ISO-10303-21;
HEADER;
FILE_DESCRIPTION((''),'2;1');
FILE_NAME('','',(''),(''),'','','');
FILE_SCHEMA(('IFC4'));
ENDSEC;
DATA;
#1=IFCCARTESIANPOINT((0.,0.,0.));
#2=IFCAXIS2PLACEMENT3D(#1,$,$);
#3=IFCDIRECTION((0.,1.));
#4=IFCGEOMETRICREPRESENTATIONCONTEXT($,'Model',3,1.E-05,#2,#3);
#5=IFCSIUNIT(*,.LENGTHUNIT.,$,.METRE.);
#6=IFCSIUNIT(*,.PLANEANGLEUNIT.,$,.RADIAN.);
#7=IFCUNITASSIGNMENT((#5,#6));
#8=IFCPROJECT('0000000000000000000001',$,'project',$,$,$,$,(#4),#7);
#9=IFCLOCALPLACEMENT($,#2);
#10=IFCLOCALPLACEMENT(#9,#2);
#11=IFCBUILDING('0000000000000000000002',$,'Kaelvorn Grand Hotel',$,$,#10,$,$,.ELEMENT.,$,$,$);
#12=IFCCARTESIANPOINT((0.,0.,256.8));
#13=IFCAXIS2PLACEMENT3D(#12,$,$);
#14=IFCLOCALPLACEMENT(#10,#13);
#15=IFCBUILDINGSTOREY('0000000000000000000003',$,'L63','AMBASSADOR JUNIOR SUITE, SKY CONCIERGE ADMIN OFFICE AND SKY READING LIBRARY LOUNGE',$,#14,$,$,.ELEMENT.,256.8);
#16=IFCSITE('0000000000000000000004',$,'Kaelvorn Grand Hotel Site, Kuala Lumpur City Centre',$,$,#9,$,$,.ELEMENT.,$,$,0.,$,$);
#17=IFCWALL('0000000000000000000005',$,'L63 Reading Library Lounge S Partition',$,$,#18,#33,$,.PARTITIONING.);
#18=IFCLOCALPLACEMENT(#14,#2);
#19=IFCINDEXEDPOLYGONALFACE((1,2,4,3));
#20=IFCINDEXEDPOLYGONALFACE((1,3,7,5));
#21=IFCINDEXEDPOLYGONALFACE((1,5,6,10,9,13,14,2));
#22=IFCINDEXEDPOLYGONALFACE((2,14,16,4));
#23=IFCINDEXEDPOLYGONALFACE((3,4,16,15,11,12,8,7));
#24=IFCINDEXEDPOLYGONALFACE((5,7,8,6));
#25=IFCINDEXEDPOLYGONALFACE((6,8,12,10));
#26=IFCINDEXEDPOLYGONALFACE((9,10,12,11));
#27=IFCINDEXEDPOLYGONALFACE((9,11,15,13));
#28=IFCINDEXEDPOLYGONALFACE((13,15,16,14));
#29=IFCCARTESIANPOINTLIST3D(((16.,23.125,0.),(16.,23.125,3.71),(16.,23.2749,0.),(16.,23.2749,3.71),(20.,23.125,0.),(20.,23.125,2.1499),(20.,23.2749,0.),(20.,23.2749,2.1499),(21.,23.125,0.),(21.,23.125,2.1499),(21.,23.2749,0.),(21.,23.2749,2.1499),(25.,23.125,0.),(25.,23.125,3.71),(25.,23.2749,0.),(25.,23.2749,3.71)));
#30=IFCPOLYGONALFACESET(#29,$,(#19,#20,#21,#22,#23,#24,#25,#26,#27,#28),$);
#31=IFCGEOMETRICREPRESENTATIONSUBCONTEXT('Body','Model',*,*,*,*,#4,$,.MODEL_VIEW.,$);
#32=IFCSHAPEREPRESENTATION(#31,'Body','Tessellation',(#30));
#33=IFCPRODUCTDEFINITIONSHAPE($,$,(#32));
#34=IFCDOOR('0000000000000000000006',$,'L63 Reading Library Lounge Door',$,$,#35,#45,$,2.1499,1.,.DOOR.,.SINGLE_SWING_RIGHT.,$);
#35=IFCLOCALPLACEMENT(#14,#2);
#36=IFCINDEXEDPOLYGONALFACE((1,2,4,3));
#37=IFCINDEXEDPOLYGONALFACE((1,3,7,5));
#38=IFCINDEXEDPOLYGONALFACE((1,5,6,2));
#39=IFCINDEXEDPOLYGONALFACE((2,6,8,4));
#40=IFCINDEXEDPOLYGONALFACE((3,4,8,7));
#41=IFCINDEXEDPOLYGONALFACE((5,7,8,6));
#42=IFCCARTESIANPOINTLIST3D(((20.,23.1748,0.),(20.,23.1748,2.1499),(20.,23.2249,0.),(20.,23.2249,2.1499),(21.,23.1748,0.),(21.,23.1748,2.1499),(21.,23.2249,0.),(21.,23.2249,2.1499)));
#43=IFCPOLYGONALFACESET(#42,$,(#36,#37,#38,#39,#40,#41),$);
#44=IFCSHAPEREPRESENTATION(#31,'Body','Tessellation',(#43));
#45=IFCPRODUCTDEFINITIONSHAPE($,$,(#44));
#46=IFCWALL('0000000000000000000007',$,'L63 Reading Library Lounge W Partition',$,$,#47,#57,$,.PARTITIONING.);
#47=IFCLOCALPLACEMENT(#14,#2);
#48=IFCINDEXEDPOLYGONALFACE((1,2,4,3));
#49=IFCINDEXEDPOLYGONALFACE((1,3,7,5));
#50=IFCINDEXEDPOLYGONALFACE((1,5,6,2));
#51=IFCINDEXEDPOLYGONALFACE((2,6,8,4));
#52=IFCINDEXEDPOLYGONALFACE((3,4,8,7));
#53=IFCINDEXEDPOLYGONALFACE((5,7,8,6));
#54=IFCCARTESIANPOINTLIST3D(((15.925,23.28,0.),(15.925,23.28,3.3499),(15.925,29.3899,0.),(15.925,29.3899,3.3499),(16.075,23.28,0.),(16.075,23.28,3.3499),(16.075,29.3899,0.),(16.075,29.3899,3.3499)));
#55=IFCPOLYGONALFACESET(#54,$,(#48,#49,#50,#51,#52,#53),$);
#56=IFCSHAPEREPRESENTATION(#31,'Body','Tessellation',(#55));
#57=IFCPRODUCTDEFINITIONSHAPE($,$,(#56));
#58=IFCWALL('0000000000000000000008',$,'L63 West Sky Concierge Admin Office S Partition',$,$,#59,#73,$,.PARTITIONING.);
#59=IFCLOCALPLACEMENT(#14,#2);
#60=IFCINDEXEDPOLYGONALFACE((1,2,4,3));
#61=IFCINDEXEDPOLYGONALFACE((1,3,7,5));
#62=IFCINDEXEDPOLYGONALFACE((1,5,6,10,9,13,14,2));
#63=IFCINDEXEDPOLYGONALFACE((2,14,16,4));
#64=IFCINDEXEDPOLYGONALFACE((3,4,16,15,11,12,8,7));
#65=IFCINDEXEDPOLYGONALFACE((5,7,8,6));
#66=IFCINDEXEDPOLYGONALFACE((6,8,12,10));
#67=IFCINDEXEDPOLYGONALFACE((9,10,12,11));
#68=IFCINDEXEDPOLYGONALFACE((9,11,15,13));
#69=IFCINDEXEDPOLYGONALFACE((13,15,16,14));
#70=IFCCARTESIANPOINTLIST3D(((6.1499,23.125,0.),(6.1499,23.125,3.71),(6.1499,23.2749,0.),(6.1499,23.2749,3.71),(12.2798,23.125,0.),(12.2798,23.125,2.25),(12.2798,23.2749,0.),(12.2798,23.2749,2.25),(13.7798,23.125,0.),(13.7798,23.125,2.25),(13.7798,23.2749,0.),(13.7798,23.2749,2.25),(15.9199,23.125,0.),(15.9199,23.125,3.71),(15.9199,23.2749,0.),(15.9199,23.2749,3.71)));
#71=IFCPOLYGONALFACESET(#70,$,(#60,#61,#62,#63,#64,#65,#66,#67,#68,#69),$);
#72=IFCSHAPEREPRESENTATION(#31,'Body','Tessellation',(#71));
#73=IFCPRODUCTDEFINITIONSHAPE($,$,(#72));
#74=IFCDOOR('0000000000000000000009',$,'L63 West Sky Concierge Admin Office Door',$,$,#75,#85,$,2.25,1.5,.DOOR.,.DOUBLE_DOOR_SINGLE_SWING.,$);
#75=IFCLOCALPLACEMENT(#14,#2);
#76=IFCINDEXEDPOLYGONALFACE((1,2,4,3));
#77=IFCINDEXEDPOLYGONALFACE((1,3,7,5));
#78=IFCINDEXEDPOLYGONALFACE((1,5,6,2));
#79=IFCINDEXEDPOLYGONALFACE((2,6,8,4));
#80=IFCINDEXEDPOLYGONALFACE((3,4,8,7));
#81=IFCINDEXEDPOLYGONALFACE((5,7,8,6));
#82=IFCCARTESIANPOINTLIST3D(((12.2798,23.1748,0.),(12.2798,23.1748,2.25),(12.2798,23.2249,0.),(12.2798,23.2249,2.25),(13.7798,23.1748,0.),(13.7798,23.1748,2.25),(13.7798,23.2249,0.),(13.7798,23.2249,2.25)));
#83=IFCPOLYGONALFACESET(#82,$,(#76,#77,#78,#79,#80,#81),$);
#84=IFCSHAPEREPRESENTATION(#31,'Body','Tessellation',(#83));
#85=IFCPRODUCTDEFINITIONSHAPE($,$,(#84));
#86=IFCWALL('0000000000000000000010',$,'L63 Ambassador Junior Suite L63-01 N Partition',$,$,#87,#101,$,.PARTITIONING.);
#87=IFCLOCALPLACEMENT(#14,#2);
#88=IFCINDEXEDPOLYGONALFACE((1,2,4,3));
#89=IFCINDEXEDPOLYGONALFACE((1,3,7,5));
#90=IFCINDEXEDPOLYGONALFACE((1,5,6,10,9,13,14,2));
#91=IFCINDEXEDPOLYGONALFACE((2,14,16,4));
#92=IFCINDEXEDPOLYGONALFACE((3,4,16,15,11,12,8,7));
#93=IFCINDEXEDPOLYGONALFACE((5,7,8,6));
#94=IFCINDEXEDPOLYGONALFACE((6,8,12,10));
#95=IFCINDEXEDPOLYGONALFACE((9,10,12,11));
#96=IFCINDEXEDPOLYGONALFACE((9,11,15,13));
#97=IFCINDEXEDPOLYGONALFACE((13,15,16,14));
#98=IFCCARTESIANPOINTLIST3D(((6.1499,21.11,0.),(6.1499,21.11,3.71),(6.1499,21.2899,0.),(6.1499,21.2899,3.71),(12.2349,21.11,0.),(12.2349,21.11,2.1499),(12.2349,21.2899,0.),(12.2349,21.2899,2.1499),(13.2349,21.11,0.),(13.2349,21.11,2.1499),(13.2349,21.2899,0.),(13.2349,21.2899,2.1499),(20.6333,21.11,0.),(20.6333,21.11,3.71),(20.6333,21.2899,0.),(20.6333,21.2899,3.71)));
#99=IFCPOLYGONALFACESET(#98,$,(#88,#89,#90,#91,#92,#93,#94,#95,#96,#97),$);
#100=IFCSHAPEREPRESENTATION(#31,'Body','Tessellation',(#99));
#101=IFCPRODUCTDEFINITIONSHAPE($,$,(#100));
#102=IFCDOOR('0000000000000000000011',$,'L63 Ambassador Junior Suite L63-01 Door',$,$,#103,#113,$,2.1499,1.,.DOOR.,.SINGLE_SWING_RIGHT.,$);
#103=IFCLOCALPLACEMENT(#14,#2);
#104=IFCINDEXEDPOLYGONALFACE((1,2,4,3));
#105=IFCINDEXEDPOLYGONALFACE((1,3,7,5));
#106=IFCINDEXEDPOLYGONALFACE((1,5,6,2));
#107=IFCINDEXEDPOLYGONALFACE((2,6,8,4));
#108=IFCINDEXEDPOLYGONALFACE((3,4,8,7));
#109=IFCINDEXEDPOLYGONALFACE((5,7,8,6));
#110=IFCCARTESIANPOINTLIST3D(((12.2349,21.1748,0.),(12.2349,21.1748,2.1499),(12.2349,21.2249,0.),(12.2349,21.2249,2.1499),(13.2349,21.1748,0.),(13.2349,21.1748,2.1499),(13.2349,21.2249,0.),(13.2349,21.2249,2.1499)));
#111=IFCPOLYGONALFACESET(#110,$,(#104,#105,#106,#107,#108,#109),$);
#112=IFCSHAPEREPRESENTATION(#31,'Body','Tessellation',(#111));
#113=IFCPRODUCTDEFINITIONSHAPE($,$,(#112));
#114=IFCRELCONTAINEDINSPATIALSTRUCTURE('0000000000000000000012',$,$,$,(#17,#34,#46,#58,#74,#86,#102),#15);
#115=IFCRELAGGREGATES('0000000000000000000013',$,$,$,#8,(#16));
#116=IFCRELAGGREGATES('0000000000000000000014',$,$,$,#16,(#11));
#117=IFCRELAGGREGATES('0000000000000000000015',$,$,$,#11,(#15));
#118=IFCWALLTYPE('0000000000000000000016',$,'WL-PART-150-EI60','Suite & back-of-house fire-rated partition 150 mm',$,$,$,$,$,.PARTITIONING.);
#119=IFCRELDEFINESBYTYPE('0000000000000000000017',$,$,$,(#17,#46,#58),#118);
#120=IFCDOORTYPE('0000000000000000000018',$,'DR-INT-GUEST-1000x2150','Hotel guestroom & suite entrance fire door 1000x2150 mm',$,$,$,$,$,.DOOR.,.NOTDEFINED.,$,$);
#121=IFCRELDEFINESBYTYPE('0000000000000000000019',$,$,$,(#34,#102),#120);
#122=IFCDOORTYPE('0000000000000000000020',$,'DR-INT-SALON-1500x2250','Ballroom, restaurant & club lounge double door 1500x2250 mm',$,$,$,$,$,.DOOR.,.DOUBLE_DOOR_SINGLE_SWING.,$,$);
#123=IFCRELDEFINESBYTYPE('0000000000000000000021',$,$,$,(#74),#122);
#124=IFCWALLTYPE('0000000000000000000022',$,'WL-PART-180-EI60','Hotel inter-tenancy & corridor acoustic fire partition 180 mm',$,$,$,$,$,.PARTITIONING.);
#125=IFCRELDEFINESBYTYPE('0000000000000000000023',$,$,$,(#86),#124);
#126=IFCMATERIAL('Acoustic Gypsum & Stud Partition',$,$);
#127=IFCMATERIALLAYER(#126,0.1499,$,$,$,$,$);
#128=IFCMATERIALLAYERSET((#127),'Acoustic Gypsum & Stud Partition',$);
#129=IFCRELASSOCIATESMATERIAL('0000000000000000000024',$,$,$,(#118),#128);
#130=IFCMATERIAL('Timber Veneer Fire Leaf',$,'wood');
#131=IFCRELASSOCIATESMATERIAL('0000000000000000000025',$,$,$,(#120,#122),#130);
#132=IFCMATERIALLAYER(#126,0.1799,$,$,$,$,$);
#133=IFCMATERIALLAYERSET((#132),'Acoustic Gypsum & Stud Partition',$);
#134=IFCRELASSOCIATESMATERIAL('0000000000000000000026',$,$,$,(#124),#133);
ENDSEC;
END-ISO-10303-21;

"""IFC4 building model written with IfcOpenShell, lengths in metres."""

from ifc_helpers import new_model, si_unit, direction, frame, frame_2d, origin, place, context, subcontext, project, spatial, rectangle, extrude, material, layer, layer_set, type_object, element, fill, save


model = new_model("IFC4")

# Units and contexts
model_context = context("Model", 3, precision=1e-05, world=origin(), true_north=direction((0.0, 1.0)))
body_context = subcontext(model_context, "Body", "Model", "MODEL_VIEW")
ifc_project = project(units=[si_unit("LENGTHUNIT", "METRE"), si_unit("PLANEANGLEUNIT", "RADIAN")], contexts=[model_context])

# Site, building, storey
site_placement = place(None, origin())
site = spatial("IfcSite", under=ifc_project, at=site_placement, Name="Kaelvorn Grand Hotel Site, Kuala Lumpur City Centre", CompositionType="ELEMENT", RefElevation=0.0)
building_placement = place(site_placement, origin())
building = spatial("IfcBuilding", under=site, at=building_placement, Name="Kaelvorn Grand Hotel", CompositionType="ELEMENT")
storey_placement = place(building_placement, frame((0.0, 0.0, 256.8)))
storey = spatial("IfcBuildingStorey", under=building, at=storey_placement, Name="L63", Description="AMBASSADOR JUNIOR SUITE, SKY CONCIERGE ADMIN OFFICE AND SKY READING LIBRARY LOUNGE", CompositionType="ELEMENT", Elevation=256.8)

# Wall, opening, door
ifc_material_1 = material(Name="Acoustic Gypsum & Stud Partition")
ifc_layer_1 = layer(ifc_material_1, 0.1499)
ifc_layer_set_1 = layer_set([ifc_layer_1], Name="Acoustic Gypsum & Stud Partition")
wall_type_1 = type_object("IfcWallType", Name="WL-PART-150-EI60", Description="Suite & back-of-house fire-rated partition 150 mm", PredefinedType="PARTITIONING", material=ifc_layer_set_1)
wall_1_placement = place(storey_placement, frame((16.0, 23.2, 0.0), z_axis=(0.0, 0.0, 1.0), x_axis=(1.0, 0.0, 0.0)))
wall_1 = element("IfcWall", 1, at=wall_1_placement, inside=storey, type_object=wall_type_1, Name="L63 Reading Library Lounge S Partition", PredefinedType="PARTITIONING", context=body_context, shape_type="SweptSolid", body=[
    extrude(rectangle(XDim=9.0, YDim=0.1499, at=frame_2d((4.5, 0.0))), origin(), (0.0, 0.0, 1.0), 3.71),
])
opening_1_placement = place(wall_1_placement, frame((4.0, 0.0, 0.0)))
opening_1 = element("IfcOpeningElement", 2, at=opening_1_placement, cuts=wall_1, PredefinedType="OPENING", context=body_context, shape_type="SweptSolid", body=[
    extrude(rectangle(XDim=1.0, YDim=2.1499, at=frame_2d((0.5, 1.075))), frame((0.0, 0.085, 0.0), z_axis=(0.0, -1.0, 0.0), x_axis=(1.0, 0.0, 0.0)), (0.0, 0.0, 1.0), 0.1699),
])
ifc_material_2 = material(Name="Timber Veneer Fire Leaf", Category="wood")
door_type_1 = type_object("IfcDoorType", Name="DR-INT-GUEST-1000x2150", Description="Hotel guestroom & suite entrance fire door 1000x2150 mm", OperationType="NOTDEFINED", PredefinedType="DOOR", material=ifc_material_2)
door_1_placement = place(opening_1_placement, origin())
door_1 = element("IfcDoor", 3, at=door_1_placement, inside=storey, type_object=door_type_1, Name="L63 Reading Library Lounge Door", OperationType="SINGLE_SWING_RIGHT", OverallHeight=2.1499, OverallWidth=1.0, PredefinedType="DOOR", context=body_context, shape_type="SweptSolid", body=[
    extrude(rectangle(XDim=1.0, YDim=2.1499, at=frame_2d((0.5, 1.075))), frame((0.0, 0.0249, 0.0), z_axis=(0.0, -1.0, 0.0), x_axis=(1.0, 0.0, 0.0)), (0.0, 0.0, 1.0), 0.05),
])
fill(opening_1, door_1)

# Wall
wall_2_placement = place(storey_placement, frame((16.0, 23.28, 0.0), z_axis=(0.0, 0.0, 1.0), x_axis=(0.0, 1.0, 0.0)))
element("IfcWall", 4, at=wall_2_placement, inside=storey, type_object=wall_type_1, Name="L63 Reading Library Lounge W Partition", PredefinedType="PARTITIONING", context=body_context, shape_type="SweptSolid", body=[
    extrude(rectangle(XDim=6.1099, YDim=0.1499, at=frame_2d((3.0549, 0.0))), origin(), (0.0, 0.0, 1.0), 3.3499),
])

# Walls, openings, doors
wall_3_placement = place(storey_placement, frame((6.1499, 23.2, 0.0), z_axis=(0.0, 0.0, 1.0), x_axis=(1.0, 0.0, 0.0)))
wall_3 = element("IfcWall", 5, at=wall_3_placement, inside=storey, type_object=wall_type_1, Name="L63 West Sky Concierge Admin Office S Partition", PredefinedType="PARTITIONING", context=body_context, shape_type="SweptSolid", body=[
    extrude(rectangle(XDim=9.77, YDim=0.1499, at=frame_2d((4.885, 0.0))), origin(), (0.0, 0.0, 1.0), 3.71),
])
opening_2_placement = place(wall_3_placement, frame((6.1299, 0.0, 0.0)))
opening_2 = element("IfcOpeningElement", 6, at=opening_2_placement, cuts=wall_3, PredefinedType="OPENING", context=body_context, shape_type="SweptSolid", body=[
    extrude(rectangle(XDim=1.5, YDim=2.25, at=frame_2d((0.75, 1.125))), frame((0.0, 0.085, 0.0), z_axis=(0.0, -1.0, 0.0), x_axis=(1.0, 0.0, 0.0)), (0.0, 0.0, 1.0), 0.1699),
])
door_type_2 = type_object("IfcDoorType", Name="DR-INT-SALON-1500x2250", Description="Ballroom, restaurant & club lounge double door 1500x2250 mm", OperationType="DOUBLE_DOOR_SINGLE_SWING", PredefinedType="DOOR", material=ifc_material_2)
door_2_placement = place(opening_2_placement, origin())
door_2 = element("IfcDoor", 7, at=door_2_placement, inside=storey, type_object=door_type_2, Name="L63 West Sky Concierge Admin Office Door", OperationType="DOUBLE_DOOR_SINGLE_SWING", OverallHeight=2.25, OverallWidth=1.5, PredefinedType="DOOR", context=body_context, shape_type="SweptSolid", body=[
    extrude(rectangle(XDim=1.5, YDim=2.25, at=frame_2d((0.75, 1.125))), frame((0.0, 0.0249, 0.0), z_axis=(0.0, -1.0, 0.0), x_axis=(1.0, 0.0, 0.0)), (0.0, 0.0, 1.0), 0.05),
])
fill(opening_2, door_2)
ifc_layer_2 = layer(ifc_material_1, 0.1799)
ifc_layer_set_2 = layer_set([ifc_layer_2], Name="Acoustic Gypsum & Stud Partition")
wall_type_2 = type_object("IfcWallType", Name="WL-PART-180-EI60", Description="Hotel inter-tenancy & corridor acoustic fire partition 180 mm", PredefinedType="PARTITIONING", material=ifc_layer_set_2)
wall_4_placement = place(storey_placement, frame((6.1499, 21.2, 0.0), z_axis=(0.0, 0.0, 1.0), x_axis=(1.0, 0.0, 0.0)))
wall_4 = element("IfcWall", 8, at=wall_4_placement, inside=storey, type_object=wall_type_2, Name="L63 Ambassador Junior Suite L63-01 N Partition", PredefinedType="PARTITIONING", context=body_context, shape_type="SweptSolid", body=[
    extrude(rectangle(XDim=14.4834, YDim=0.1799, at=frame_2d((7.2417, 0.0))), origin(), (0.0, 0.0, 1.0), 3.71),
])
opening_3_placement = place(wall_4_placement, frame((6.085, 0.0, 0.0)))
opening_3 = element("IfcOpeningElement", 9, at=opening_3_placement, cuts=wall_4, PredefinedType="OPENING", context=body_context, shape_type="SweptSolid", body=[
    extrude(rectangle(XDim=1.0, YDim=2.1499, at=frame_2d((0.5, 1.075))), frame((0.0, 0.1001, 0.0), z_axis=(0.0, -1.0, 0.0), x_axis=(1.0, 0.0, 0.0)), (0.0, 0.0, 1.0), 0.2),
])
door_3_placement = place(opening_3_placement, origin())
door_3 = element("IfcDoor", 10, at=door_3_placement, inside=storey, type_object=door_type_1, Name="L63 Ambassador Junior Suite L63-01 Door", OperationType="SINGLE_SWING_RIGHT", OverallHeight=2.1499, OverallWidth=1.0, PredefinedType="DOOR", context=body_context, shape_type="SweptSolid", body=[
    extrude(rectangle(XDim=1.0, YDim=2.1499, at=frame_2d((0.5, 1.075))), frame((0.0, 0.0249, 0.0), z_axis=(0.0, -1.0, 0.0), x_axis=(1.0, 0.0, 0.0)), (0.0, 0.0, 1.0), 0.05),
])
fill(opening_3, door_3)

save(model, "model.ifc")
